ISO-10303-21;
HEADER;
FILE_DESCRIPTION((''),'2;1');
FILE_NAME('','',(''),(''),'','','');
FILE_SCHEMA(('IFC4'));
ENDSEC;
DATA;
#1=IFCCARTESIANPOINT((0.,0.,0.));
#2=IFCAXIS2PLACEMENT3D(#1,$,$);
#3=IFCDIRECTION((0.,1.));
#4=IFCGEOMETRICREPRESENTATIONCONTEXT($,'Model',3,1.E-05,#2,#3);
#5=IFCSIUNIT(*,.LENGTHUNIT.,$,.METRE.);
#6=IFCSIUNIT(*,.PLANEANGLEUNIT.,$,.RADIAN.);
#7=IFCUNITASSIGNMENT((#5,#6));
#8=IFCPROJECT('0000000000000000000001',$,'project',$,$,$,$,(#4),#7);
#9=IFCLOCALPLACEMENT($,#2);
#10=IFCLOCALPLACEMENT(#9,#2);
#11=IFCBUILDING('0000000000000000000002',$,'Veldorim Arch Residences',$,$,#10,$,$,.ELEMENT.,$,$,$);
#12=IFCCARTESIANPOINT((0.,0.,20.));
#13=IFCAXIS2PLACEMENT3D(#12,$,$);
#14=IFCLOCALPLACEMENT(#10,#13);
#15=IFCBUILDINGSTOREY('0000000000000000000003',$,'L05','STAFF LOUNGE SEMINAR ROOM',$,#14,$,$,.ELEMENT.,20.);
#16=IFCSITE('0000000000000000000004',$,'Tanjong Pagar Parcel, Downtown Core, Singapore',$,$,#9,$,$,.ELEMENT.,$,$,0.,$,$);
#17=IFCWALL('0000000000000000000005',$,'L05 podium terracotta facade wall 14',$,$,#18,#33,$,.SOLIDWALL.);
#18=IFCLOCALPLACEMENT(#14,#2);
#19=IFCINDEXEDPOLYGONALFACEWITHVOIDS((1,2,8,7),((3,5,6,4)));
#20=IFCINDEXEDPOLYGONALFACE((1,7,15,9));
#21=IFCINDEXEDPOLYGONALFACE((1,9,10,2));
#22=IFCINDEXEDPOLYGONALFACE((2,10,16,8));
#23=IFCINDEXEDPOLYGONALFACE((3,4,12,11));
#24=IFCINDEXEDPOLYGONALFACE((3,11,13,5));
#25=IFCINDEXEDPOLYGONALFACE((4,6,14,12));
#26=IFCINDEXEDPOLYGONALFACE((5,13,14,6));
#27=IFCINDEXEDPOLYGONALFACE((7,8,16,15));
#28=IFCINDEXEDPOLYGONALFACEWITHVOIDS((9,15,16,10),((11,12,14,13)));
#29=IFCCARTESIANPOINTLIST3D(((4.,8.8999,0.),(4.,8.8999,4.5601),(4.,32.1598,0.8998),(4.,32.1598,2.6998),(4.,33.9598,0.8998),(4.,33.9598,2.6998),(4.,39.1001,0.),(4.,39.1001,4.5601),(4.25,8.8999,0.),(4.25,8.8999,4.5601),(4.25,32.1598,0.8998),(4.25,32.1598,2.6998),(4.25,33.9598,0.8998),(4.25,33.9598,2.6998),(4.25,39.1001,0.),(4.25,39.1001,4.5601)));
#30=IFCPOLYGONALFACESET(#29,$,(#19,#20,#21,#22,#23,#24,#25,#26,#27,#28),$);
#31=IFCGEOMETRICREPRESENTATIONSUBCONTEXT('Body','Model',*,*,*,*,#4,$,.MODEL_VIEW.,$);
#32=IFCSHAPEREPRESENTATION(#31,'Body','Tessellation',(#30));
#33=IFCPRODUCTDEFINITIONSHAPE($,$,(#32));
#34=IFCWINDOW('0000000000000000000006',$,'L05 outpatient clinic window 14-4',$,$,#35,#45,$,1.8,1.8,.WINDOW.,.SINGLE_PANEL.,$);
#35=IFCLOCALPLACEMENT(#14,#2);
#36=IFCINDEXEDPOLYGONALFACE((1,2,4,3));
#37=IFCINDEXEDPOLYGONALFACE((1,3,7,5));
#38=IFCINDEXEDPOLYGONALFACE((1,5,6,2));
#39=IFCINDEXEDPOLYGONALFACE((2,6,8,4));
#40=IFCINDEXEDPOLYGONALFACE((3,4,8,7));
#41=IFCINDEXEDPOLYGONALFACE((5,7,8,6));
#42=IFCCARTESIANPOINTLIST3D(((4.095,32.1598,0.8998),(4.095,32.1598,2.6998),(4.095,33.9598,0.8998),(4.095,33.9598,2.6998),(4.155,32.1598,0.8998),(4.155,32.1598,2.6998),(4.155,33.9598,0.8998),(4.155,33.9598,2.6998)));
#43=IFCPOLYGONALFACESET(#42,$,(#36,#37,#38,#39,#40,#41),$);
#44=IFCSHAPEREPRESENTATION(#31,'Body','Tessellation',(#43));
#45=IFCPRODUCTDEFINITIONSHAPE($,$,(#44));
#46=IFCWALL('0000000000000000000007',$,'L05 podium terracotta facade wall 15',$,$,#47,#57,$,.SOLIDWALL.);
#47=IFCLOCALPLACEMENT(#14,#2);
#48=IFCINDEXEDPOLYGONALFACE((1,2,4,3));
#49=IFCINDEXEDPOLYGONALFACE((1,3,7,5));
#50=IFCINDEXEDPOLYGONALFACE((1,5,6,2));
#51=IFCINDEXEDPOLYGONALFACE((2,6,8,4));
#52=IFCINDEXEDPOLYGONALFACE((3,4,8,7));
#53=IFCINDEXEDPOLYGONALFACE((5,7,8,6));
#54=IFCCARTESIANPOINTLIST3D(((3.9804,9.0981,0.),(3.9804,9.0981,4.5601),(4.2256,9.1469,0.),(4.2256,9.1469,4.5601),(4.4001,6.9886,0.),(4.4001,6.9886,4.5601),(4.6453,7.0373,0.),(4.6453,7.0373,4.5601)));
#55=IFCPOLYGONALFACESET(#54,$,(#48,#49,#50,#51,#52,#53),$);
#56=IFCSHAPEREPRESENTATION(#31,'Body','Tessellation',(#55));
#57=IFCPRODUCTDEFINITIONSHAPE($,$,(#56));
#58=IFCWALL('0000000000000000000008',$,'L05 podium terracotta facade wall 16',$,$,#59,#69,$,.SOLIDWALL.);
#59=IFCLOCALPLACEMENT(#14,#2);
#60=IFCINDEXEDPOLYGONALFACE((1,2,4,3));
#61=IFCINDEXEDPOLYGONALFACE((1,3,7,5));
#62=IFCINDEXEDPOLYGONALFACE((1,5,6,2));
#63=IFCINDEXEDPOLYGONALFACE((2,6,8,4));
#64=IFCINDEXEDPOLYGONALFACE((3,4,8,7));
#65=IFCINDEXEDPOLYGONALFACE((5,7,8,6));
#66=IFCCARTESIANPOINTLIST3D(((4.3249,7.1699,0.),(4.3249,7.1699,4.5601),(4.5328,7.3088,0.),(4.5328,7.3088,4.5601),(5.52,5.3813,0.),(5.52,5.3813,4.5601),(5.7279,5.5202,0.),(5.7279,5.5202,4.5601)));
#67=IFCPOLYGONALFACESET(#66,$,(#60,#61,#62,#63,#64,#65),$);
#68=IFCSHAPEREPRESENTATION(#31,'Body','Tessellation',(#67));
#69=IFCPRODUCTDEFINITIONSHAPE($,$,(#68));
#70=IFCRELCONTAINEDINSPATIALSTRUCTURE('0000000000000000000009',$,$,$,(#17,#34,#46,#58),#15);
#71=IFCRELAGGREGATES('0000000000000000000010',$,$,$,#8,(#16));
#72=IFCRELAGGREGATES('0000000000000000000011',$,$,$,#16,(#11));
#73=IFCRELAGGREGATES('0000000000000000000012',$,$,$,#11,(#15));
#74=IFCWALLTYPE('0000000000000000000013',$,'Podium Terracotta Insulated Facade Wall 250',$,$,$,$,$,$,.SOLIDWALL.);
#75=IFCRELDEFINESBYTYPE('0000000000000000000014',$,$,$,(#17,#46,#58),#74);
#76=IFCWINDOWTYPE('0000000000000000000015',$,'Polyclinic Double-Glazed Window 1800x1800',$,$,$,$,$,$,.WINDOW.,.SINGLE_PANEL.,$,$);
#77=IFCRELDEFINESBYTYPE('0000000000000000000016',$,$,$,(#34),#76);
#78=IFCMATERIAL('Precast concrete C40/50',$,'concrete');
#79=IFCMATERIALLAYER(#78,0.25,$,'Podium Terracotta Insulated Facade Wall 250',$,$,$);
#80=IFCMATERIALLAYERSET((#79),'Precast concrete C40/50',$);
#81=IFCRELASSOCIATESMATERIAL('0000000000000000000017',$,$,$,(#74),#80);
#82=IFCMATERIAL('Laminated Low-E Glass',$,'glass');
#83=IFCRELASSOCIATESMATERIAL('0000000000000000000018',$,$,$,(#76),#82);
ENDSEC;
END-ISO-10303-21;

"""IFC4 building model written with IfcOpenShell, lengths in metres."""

from ifc_helpers import new_model, si_unit, direction, frame, frame_2d, origin, place, context, subcontext, project, spatial, rectangle, extrude, material, layer, layer_set, type_object, element, fill, save


model = new_model("IFC4")

# Units and contexts
model_context = context("Model", 3, precision=1e-05, world=origin(), true_north=direction((0.0, 1.0)))
body_context = subcontext(model_context, "Body", "Model", "MODEL_VIEW")
ifc_project = project(units=[si_unit("LENGTHUNIT", "METRE"), si_unit("PLANEANGLEUNIT", "RADIAN")], contexts=[model_context])

# Site, building, storey
site_placement = place(None, origin())
site = spatial("IfcSite", under=ifc_project, at=site_placement, Name="Tanjong Pagar Parcel, Downtown Core, Singapore", CompositionType="ELEMENT", RefElevation=0.0)
building_placement = place(site_placement, origin())
building = spatial("IfcBuilding", under=site, at=building_placement, Name="Veldorim Arch Residences", CompositionType="ELEMENT")
storey_placement = place(building_placement, frame((0.0, 0.0, 20.0)))
storey = spatial("IfcBuildingStorey", under=building, at=storey_placement, Name="L05", Description="STAFF LOUNGE SEMINAR ROOM", CompositionType="ELEMENT", Elevation=20.0)

# Wall, opening, window
ifc_material_1 = material(Name="Precast concrete C40/50", Category="concrete")
ifc_layer_1 = layer(ifc_material_1, 0.25, Name="Podium Terracotta Insulated Facade Wall 250")
ifc_layer_set_1 = layer_set([ifc_layer_1], Name="Precast concrete C40/50")
wall_type_1 = type_object("IfcWallType", Name="Podium Terracotta Insulated Facade Wall 250", PredefinedType="SOLIDWALL", material=ifc_layer_set_1)
wall_1_placement = place(storey_placement, frame((4.125, 8.8999, 0.0), z_axis=(0.0, 0.0, 1.0), x_axis=(0.0, 1.0, 0.0)))
wall_1 = element("IfcWall", 1, at=wall_1_placement, inside=storey, type_object=wall_type_1, Name="L05 podium terracotta facade wall 14", PredefinedType="SOLIDWALL", context=body_context, shape_type="SweptSolid", body=[
    extrude(rectangle(XDim=30.2002, YDim=0.25, at=frame_2d((15.1001, 0.0))), origin(), (0.0, 0.0, 1.0), 4.5601),
])
opening_1_placement = place(wall_1_placement, frame((23.26, 0.0, 0.8999)))
opening_1 = element("IfcOpeningElement", 2, at=opening_1_placement, cuts=wall_1, PredefinedType="OPENING", context=body_context, shape_type="SweptSolid", body=[
    extrude(rectangle(XDim=1.8, YDim=1.8, at=frame_2d((0.8999, 0.8999))), frame((0.0, 0.135, 0.0), z_axis=(0.0, -1.0, 0.0), x_axis=(1.0, 0.0, 0.0)), (0.0, 0.0, 1.0), 0.27),
])
ifc_material_2 = material(Name="Laminated Low-E Glass", Category="glass")
window_type = type_object("IfcWindowType", Name="Polyclinic Double-Glazed Window 1800x1800", PartitioningType="SINGLE_PANEL", PredefinedType="WINDOW", material=ifc_material_2)
window_placement = place(opening_1_placement, origin())
window = element("IfcWindow", 3, at=window_placement, inside=storey, type_object=window_type, Name="L05 outpatient clinic window 14-4", OverallHeight=1.8, OverallWidth=1.8, PartitioningType="SINGLE_PANEL", PredefinedType="WINDOW", context=body_context, shape_type="SweptSolid", body=[
    extrude(rectangle(XDim=1.8, YDim=1.8, at=frame_2d((0.8999, 0.8999))), frame((0.0, 0.03, 0.0), z_axis=(0.0, -1.0, 0.0), x_axis=(1.0, 0.0, 0.0)), (0.0, 0.0, 1.0), 0.0601),
])
fill(opening_1, window)

# Walls
wall_2_placement = place(storey_placement, frame((4.5227, 7.0129, 0.0), z_axis=(0.0, 0.0, 1.0), x_axis=(-0.195112, 0.980781, 0.0)))
element("IfcWall", 4, at=wall_2_placement, inside=storey, type_object=wall_type_1, Name="L05 podium terracotta facade wall 15", PredefinedType="SOLIDWALL", context=body_context, shape_type="SweptSolid", body=[
    extrude(rectangle(XDim=2.1509, YDim=0.25, at=frame_2d((1.0754, 0.0))), origin(), (0.0, 0.0, 1.0), 4.5601),
])
wall_3_placement = place(storey_placement, frame((5.624, 5.4507, 0.0), z_axis=(0.0, 0.0, 1.0), x_axis=(-0.555564, 0.831474, 0.0)))
element("IfcWall", 5, at=wall_3_placement, inside=storey, type_object=wall_type_1, Name="L05 podium terracotta facade wall 16", PredefinedType="SOLIDWALL", context=body_context, shape_type="SweptSolid", body=[
    extrude(rectangle(XDim=2.1511, YDim=0.25, at=frame_2d((1.0757, 0.0))), origin(), (0.0, 0.0, 1.0), 4.5601),
])

save(model, "model.ifc")
